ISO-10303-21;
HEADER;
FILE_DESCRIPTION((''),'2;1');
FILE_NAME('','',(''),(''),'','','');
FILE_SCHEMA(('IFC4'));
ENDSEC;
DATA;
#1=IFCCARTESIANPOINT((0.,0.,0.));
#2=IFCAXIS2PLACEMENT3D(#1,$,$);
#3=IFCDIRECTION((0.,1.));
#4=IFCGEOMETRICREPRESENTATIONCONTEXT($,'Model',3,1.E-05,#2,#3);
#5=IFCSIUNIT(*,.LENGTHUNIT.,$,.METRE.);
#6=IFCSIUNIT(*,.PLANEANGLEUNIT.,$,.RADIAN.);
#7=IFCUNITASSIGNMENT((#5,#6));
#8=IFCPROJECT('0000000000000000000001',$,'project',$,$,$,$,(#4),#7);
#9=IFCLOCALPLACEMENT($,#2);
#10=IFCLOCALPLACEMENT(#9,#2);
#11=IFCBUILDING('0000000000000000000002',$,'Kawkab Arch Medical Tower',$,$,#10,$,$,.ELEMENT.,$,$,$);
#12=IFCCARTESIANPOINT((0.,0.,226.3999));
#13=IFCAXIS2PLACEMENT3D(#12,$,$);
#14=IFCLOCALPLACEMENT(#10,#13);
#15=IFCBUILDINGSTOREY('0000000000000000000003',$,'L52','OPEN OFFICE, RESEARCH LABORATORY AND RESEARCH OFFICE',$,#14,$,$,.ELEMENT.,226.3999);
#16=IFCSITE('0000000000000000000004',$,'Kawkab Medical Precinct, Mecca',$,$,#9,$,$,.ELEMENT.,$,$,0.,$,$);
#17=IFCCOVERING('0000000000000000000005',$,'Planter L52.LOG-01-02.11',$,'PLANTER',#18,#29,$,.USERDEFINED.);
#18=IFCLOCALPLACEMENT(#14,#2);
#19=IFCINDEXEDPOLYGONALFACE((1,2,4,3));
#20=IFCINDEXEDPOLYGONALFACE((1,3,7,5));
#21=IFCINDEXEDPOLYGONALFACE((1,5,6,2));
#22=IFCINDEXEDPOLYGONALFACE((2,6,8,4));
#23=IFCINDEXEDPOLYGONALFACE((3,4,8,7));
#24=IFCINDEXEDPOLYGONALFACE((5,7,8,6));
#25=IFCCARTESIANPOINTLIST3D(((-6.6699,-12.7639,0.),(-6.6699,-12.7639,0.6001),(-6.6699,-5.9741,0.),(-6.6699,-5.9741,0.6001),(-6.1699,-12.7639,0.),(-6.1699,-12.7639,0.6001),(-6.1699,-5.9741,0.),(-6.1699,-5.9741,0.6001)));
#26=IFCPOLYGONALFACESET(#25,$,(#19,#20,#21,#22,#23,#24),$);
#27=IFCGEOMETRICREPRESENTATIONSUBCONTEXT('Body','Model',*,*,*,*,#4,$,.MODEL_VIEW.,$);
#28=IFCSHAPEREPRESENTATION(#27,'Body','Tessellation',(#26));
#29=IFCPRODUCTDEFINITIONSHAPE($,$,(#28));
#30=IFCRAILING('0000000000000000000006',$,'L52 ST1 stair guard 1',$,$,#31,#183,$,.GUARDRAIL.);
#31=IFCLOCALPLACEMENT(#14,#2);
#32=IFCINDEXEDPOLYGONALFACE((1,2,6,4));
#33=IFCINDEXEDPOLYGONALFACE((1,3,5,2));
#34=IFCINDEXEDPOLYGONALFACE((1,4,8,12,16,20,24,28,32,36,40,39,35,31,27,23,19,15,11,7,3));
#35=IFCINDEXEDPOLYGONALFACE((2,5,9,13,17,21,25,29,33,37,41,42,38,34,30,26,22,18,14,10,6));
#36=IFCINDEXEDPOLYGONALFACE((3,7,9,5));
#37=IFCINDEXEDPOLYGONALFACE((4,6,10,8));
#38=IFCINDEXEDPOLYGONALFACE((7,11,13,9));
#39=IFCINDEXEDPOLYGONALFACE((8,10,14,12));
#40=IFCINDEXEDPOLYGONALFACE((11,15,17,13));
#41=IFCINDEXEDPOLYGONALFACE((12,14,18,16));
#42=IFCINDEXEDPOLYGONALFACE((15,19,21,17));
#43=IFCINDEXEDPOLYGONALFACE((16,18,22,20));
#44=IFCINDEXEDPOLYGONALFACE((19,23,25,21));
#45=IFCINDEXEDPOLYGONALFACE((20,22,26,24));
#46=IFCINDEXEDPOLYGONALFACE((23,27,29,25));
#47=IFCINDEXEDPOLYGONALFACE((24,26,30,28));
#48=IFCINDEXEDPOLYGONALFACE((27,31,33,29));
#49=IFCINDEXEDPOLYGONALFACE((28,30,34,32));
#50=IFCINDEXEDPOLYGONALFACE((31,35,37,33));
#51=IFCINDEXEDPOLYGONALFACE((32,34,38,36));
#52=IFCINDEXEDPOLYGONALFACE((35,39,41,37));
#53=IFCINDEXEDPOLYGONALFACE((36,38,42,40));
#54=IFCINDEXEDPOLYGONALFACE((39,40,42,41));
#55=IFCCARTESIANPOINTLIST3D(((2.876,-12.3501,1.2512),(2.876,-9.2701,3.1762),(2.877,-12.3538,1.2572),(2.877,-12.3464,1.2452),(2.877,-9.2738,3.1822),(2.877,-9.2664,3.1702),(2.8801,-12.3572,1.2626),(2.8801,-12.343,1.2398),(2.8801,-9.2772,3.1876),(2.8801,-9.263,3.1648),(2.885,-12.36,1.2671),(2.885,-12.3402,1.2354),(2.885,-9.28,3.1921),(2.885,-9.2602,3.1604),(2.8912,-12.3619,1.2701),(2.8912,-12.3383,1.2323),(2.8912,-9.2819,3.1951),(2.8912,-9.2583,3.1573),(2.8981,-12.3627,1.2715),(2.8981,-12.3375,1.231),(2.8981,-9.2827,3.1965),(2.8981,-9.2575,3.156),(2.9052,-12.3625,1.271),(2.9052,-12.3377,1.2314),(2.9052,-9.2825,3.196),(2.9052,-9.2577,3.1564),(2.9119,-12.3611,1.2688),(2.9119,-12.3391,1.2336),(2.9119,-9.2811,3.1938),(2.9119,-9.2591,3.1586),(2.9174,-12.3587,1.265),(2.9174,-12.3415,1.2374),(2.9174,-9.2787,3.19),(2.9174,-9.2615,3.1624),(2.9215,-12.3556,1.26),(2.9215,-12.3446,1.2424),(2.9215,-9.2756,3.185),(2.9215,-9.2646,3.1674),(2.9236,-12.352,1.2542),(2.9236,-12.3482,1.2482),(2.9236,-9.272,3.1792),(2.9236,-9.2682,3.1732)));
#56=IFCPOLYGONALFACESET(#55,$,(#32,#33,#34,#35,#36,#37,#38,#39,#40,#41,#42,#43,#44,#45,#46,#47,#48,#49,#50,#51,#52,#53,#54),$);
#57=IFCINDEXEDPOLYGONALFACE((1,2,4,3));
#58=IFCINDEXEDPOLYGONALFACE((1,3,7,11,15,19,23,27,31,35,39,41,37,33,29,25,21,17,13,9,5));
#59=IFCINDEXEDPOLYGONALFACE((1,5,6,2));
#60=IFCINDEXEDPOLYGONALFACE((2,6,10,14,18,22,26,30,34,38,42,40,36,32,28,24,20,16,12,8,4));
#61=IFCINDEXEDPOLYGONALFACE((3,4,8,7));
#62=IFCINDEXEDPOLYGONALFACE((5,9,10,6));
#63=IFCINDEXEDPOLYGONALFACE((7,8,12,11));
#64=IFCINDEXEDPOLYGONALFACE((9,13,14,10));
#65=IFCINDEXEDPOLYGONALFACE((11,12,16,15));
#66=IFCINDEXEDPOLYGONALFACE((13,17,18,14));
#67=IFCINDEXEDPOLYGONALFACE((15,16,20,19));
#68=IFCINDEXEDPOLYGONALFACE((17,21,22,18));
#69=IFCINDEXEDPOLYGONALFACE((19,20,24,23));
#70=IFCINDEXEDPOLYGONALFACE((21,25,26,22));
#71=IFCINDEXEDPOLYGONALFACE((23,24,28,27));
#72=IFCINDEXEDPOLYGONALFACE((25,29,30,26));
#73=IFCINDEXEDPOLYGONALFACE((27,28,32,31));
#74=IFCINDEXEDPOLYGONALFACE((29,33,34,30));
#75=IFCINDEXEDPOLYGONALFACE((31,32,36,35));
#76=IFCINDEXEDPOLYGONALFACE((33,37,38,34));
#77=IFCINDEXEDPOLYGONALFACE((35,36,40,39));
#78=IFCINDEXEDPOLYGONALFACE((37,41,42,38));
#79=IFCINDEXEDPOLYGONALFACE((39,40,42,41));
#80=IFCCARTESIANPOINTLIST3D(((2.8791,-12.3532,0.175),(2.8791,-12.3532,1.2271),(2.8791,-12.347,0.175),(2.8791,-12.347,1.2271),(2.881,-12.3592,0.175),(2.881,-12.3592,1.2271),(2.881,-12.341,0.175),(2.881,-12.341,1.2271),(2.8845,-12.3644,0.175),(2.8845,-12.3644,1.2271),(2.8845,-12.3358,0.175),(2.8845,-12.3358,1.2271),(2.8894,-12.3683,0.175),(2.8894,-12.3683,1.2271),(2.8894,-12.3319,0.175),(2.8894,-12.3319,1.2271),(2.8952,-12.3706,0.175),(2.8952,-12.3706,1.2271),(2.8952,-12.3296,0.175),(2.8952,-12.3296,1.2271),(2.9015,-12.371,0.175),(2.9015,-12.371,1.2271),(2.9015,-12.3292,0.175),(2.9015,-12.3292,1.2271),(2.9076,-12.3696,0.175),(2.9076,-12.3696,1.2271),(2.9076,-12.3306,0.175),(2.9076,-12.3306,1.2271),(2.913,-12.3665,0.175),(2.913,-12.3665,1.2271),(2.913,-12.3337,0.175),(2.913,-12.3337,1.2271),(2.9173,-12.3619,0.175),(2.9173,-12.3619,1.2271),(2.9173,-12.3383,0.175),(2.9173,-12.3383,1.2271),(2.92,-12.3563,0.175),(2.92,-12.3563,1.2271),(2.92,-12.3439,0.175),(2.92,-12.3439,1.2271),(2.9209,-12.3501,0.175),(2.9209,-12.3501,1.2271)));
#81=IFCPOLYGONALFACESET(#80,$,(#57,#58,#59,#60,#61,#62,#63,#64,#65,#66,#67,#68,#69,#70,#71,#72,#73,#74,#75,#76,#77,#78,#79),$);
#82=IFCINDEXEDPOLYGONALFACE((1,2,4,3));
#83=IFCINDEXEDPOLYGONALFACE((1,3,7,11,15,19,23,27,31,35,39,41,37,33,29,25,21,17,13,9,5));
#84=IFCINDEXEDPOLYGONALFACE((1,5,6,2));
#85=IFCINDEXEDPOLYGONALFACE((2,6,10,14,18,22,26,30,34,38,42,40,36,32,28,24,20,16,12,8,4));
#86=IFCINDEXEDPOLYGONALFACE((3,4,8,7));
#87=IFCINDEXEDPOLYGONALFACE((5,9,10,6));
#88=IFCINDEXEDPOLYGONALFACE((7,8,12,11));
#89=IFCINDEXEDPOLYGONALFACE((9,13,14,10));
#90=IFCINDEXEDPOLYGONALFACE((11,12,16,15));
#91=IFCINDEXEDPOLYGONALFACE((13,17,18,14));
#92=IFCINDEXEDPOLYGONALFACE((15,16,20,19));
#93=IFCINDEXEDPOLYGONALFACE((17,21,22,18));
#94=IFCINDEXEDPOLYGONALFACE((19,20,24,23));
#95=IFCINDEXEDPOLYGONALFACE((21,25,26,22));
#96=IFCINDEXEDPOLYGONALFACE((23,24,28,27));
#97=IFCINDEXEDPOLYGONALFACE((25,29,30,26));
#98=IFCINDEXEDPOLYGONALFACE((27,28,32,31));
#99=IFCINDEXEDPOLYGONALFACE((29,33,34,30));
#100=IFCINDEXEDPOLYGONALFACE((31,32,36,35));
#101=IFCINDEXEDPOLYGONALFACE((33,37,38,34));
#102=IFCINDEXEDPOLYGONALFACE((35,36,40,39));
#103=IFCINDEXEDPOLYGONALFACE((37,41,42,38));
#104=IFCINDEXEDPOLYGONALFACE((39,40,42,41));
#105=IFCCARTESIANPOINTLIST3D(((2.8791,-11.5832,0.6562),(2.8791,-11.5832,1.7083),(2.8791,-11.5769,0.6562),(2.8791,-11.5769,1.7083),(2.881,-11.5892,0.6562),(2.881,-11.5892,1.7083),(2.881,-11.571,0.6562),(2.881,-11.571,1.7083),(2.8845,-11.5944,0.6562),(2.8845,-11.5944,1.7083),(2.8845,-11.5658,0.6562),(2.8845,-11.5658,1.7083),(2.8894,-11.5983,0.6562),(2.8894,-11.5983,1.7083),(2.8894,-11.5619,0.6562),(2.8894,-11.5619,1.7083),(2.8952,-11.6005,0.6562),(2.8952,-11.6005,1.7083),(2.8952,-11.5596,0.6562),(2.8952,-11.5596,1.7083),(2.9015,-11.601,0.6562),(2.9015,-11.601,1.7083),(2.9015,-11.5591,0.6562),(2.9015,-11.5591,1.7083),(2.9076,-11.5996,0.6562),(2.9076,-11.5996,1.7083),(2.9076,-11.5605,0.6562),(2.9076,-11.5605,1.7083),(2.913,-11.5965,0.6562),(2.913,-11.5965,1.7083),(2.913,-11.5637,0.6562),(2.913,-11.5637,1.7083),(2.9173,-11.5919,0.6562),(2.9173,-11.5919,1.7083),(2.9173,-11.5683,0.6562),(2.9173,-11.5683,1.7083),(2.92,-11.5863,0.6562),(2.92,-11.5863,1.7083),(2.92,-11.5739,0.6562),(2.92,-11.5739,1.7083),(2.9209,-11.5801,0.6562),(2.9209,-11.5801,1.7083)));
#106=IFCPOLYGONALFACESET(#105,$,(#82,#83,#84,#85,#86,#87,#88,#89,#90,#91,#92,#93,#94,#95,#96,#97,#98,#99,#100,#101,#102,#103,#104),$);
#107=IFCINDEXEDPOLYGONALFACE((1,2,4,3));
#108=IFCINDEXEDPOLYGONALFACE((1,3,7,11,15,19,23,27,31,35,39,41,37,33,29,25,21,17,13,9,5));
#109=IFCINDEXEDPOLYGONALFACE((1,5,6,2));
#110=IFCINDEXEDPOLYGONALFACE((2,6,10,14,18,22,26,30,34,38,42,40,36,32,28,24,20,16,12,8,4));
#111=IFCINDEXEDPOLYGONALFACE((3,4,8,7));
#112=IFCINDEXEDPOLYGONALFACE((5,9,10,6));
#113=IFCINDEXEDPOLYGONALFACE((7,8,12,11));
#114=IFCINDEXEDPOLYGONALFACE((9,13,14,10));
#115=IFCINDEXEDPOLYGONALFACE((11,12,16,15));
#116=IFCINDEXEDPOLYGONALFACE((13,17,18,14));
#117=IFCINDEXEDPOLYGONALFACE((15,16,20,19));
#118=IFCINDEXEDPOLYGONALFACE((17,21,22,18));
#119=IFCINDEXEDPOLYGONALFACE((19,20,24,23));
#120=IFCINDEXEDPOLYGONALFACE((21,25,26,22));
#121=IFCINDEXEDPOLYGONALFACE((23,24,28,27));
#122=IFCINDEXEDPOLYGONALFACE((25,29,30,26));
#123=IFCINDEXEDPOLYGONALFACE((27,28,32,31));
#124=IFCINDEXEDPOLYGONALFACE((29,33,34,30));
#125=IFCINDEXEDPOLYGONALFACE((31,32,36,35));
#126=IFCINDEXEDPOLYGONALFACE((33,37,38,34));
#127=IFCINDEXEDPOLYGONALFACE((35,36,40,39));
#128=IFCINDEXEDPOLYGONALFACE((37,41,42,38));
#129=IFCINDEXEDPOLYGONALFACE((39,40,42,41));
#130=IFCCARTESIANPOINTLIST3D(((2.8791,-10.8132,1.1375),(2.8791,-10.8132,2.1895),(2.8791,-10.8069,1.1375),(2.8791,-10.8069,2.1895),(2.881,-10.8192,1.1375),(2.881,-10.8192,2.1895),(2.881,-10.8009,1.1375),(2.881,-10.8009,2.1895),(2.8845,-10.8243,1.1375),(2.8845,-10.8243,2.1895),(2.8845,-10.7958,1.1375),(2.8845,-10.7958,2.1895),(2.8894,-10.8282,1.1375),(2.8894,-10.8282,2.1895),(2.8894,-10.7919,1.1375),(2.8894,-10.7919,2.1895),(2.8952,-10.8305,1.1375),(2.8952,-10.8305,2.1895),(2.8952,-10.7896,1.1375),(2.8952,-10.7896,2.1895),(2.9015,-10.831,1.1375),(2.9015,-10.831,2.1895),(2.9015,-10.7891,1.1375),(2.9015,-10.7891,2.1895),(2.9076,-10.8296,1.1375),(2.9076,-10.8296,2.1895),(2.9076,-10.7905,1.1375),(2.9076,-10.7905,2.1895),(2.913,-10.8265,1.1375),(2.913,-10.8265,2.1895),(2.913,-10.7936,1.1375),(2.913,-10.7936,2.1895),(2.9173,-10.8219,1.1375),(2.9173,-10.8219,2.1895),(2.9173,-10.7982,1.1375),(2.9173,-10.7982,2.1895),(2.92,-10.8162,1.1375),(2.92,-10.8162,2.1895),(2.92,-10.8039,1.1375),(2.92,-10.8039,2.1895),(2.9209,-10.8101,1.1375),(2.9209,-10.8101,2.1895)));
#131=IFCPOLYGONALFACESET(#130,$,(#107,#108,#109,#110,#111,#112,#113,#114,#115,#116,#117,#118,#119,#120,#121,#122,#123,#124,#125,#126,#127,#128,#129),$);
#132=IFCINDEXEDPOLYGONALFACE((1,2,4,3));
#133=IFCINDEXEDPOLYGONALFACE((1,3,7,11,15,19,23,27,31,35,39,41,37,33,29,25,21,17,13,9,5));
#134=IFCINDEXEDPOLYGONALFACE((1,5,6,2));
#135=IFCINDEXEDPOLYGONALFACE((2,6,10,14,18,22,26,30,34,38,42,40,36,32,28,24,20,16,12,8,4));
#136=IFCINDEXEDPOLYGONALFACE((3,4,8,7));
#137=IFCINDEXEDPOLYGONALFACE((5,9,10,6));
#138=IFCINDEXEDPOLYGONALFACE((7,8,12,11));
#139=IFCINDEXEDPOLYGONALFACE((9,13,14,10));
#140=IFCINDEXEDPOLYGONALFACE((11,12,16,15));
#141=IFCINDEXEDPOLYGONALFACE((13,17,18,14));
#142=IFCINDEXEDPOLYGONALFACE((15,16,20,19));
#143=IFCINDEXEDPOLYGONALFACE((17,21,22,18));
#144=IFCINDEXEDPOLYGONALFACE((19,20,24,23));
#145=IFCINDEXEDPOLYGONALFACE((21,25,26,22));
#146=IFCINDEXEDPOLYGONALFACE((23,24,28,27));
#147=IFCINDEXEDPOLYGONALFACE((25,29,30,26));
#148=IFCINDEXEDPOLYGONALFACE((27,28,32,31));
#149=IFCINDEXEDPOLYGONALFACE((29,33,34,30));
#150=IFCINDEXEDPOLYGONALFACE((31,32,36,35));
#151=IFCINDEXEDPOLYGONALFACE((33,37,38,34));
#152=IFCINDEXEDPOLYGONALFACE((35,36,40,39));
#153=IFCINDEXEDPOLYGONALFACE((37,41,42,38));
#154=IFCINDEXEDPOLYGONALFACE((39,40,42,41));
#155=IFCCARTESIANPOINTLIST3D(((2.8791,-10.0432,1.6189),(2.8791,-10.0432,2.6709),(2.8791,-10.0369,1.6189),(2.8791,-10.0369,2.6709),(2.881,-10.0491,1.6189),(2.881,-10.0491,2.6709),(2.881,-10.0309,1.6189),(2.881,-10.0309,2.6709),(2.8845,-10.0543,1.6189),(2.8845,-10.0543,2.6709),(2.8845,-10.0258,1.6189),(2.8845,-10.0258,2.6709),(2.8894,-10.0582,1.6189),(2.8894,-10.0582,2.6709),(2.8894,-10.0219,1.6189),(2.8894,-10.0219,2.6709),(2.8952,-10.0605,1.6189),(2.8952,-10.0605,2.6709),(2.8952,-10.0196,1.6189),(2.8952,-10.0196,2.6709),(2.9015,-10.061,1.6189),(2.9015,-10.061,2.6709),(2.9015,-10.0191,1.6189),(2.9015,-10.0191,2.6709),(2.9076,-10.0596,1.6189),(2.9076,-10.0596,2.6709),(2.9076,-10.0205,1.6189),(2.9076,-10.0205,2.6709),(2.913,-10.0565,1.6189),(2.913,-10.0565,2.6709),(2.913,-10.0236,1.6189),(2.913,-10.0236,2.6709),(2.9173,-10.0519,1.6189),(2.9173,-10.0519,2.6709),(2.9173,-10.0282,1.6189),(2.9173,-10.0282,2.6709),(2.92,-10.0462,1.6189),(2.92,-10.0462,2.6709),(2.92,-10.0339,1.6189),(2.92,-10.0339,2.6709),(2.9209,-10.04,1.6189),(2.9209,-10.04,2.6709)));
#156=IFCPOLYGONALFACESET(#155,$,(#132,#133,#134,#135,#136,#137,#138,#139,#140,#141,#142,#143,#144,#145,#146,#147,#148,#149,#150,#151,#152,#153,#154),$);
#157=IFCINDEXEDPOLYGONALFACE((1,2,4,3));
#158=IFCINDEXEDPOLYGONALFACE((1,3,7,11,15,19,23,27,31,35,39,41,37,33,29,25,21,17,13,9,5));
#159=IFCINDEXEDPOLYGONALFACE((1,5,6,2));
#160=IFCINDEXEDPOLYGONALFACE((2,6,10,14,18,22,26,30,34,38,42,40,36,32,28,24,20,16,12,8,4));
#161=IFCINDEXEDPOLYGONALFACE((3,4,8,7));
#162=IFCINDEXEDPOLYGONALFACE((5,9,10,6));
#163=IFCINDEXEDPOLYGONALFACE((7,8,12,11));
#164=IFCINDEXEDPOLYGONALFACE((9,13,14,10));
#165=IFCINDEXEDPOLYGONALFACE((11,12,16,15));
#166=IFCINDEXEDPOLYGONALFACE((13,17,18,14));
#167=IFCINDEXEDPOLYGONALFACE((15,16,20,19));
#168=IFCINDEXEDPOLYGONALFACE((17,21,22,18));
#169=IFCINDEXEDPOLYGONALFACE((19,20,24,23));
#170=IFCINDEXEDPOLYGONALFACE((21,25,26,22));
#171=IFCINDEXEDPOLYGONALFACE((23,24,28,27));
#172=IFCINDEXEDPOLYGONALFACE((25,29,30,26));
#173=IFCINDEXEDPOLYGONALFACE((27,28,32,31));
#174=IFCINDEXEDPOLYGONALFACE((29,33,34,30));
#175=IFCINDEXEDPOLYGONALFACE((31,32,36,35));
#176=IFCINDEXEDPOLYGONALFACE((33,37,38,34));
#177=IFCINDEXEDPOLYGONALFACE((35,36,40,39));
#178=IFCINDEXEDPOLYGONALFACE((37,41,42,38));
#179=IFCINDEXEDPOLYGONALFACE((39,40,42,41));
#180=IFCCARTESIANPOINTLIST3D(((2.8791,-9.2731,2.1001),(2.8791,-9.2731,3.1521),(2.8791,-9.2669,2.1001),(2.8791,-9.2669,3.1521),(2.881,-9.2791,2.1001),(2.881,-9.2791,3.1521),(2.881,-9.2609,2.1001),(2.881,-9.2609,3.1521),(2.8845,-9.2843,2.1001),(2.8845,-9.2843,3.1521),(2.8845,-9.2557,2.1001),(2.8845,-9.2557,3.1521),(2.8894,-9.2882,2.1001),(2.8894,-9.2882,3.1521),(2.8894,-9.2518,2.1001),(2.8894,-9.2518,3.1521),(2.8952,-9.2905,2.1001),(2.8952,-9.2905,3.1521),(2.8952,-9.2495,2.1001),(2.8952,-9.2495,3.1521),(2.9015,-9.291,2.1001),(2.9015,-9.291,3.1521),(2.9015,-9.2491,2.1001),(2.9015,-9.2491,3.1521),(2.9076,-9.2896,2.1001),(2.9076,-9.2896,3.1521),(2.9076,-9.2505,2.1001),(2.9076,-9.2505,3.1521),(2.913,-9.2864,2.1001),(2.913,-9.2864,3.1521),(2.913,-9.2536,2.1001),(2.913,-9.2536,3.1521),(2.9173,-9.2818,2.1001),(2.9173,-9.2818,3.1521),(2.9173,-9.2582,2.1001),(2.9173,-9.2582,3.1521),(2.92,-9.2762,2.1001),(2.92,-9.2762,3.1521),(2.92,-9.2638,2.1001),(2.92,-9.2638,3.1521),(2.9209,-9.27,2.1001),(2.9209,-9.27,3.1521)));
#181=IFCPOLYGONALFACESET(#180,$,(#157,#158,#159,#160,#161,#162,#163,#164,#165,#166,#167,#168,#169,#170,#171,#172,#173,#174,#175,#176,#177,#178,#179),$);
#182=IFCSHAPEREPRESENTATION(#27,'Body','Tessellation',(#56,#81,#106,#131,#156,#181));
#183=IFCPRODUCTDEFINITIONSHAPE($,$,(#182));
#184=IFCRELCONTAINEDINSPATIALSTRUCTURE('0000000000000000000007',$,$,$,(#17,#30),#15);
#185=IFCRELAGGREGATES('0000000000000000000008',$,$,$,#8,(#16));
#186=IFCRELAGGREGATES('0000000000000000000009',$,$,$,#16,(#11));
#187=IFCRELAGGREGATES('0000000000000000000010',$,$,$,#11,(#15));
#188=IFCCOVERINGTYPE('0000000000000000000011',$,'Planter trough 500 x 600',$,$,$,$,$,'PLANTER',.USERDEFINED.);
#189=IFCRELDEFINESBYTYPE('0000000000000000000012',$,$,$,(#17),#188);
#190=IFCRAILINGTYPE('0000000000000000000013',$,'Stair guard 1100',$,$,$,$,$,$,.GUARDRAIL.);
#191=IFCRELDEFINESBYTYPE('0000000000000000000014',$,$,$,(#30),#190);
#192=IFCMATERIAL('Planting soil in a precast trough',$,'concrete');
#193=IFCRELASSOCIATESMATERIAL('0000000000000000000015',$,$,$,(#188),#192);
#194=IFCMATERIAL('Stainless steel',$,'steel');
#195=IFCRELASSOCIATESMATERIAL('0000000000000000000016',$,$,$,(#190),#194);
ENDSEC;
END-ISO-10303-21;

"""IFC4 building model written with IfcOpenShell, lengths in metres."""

from ifc_helpers import new_model, si_unit, direction, frame, origin, origin_2d, place, context, subcontext, project, spatial, rectangle, circle, extrude, material, material_profile, profile_set, type_object, element, save


model = new_model("IFC4")

# Units and contexts
model_context = context("Model", 3, precision=1e-05, world=origin(), true_north=direction((0.0, 1.0)))
body_context = subcontext(model_context, "Body", "Model", "MODEL_VIEW")
ifc_project = project(units=[si_unit("LENGTHUNIT", "METRE"), si_unit("PLANEANGLEUNIT", "RADIAN")], contexts=[model_context])

# Site, building, storey
site_placement = place(None, origin())
site = spatial("IfcSite", under=ifc_project, at=site_placement, Name="Kawkab Medical Precinct, Mecca", CompositionType="ELEMENT", RefElevation=0.0)
building_placement = place(site_placement, origin())
building = spatial("IfcBuilding", under=site, at=building_placement, Name="Kawkab Arch Medical Tower", CompositionType="ELEMENT")
storey_placement = place(building_placement, frame((0.0, 0.0, 226.3999)))
storey = spatial("IfcBuildingStorey", under=building, at=storey_placement, Name="L52", Description="OPEN OFFICE, RESEARCH LABORATORY AND RESEARCH OFFICE", CompositionType="ELEMENT", Elevation=226.3999)

# Covering
ifc_material_1 = material(Name="Planting soil in a precast trough", Category="concrete")
ifc_material_profile_1 = material_profile(ifc_material_1, rectangle(XDim=0.5, YDim=0.6001, at=origin_2d()), Name="Trough 500x600")
ifc_profile_set_1 = profile_set([ifc_material_profile_1], Name="Planting soil in a precast trough")
covering_type_1 = type_object("IfcCoveringType", Name="Planter trough 500 x 600", ElementType="PLANTER", PredefinedType="USERDEFINED", material=ifc_profile_set_1)
covering_1_placement = place(storey_placement, frame((-6.4199, -12.7639, 0.3), z_axis=(0.0, 1.0, 0.0), x_axis=(-1.0, 0.0, 0.0)))
element("IfcCovering", 1, at=covering_1_placement, inside=storey, type_object=covering_type_1, Name="Planter L52.LOG-01-02.11", ObjectType="PLANTER", PredefinedType="USERDEFINED", context=body_context, shape_type="SweptSolid", body=[
    extrude(rectangle(XDim=0.5, YDim=0.6001, at=origin_2d()), origin(), (0.0, 0.0, 1.0), 6.7898),
])

# Railing
ifc_material_2 = material(Name="Stainless steel", Category="steel")
railing_type_1 = type_object("IfcRailingType", Name="Stair guard 1100", PredefinedType="GUARDRAIL", material=ifc_material_2)
railing_1_placement = place(storey_placement, frame((2.8999, -12.3501, 0.175)))
element("IfcRailing", 2, at=railing_1_placement, inside=storey, type_object=railing_type_1, Name="L52 ST1 stair guard 1", PredefinedType="GUARDRAIL", context=body_context, shape_type="SweptSolid", body=[
    extrude(circle(Radius=0.0239, at=origin_2d()), frame((0.0, 0.0, 1.0762), z_axis=(0.0, 0.847998, 0.529999), x_axis=(-1.0, 0.0, 0.0)), (0.0, 0.0, 1.0), 3.6321),
    extrude(circle(Radius=0.021, at=origin_2d()), origin(), (0.0, 0.0, 1.0), 1.052),
    extrude(circle(Radius=0.021, at=origin_2d()), frame((0.0, 0.77, 0.4812)), (0.0, 0.0, 1.0), 1.052),
    extrude(circle(Radius=0.021, at=origin_2d()), frame((0.0, 1.54, 0.9624)), (0.0, 0.0, 1.0), 1.052),
    extrude(circle(Radius=0.021, at=origin_2d()), frame((0.0, 2.3101, 1.4438)), (0.0, 0.0, 1.0), 1.052),
    extrude(circle(Radius=0.021, at=origin_2d()), frame((0.0, 3.0801, 1.925)), (0.0, 0.0, 1.0), 1.052),
])

save(model, "model.ifc")
